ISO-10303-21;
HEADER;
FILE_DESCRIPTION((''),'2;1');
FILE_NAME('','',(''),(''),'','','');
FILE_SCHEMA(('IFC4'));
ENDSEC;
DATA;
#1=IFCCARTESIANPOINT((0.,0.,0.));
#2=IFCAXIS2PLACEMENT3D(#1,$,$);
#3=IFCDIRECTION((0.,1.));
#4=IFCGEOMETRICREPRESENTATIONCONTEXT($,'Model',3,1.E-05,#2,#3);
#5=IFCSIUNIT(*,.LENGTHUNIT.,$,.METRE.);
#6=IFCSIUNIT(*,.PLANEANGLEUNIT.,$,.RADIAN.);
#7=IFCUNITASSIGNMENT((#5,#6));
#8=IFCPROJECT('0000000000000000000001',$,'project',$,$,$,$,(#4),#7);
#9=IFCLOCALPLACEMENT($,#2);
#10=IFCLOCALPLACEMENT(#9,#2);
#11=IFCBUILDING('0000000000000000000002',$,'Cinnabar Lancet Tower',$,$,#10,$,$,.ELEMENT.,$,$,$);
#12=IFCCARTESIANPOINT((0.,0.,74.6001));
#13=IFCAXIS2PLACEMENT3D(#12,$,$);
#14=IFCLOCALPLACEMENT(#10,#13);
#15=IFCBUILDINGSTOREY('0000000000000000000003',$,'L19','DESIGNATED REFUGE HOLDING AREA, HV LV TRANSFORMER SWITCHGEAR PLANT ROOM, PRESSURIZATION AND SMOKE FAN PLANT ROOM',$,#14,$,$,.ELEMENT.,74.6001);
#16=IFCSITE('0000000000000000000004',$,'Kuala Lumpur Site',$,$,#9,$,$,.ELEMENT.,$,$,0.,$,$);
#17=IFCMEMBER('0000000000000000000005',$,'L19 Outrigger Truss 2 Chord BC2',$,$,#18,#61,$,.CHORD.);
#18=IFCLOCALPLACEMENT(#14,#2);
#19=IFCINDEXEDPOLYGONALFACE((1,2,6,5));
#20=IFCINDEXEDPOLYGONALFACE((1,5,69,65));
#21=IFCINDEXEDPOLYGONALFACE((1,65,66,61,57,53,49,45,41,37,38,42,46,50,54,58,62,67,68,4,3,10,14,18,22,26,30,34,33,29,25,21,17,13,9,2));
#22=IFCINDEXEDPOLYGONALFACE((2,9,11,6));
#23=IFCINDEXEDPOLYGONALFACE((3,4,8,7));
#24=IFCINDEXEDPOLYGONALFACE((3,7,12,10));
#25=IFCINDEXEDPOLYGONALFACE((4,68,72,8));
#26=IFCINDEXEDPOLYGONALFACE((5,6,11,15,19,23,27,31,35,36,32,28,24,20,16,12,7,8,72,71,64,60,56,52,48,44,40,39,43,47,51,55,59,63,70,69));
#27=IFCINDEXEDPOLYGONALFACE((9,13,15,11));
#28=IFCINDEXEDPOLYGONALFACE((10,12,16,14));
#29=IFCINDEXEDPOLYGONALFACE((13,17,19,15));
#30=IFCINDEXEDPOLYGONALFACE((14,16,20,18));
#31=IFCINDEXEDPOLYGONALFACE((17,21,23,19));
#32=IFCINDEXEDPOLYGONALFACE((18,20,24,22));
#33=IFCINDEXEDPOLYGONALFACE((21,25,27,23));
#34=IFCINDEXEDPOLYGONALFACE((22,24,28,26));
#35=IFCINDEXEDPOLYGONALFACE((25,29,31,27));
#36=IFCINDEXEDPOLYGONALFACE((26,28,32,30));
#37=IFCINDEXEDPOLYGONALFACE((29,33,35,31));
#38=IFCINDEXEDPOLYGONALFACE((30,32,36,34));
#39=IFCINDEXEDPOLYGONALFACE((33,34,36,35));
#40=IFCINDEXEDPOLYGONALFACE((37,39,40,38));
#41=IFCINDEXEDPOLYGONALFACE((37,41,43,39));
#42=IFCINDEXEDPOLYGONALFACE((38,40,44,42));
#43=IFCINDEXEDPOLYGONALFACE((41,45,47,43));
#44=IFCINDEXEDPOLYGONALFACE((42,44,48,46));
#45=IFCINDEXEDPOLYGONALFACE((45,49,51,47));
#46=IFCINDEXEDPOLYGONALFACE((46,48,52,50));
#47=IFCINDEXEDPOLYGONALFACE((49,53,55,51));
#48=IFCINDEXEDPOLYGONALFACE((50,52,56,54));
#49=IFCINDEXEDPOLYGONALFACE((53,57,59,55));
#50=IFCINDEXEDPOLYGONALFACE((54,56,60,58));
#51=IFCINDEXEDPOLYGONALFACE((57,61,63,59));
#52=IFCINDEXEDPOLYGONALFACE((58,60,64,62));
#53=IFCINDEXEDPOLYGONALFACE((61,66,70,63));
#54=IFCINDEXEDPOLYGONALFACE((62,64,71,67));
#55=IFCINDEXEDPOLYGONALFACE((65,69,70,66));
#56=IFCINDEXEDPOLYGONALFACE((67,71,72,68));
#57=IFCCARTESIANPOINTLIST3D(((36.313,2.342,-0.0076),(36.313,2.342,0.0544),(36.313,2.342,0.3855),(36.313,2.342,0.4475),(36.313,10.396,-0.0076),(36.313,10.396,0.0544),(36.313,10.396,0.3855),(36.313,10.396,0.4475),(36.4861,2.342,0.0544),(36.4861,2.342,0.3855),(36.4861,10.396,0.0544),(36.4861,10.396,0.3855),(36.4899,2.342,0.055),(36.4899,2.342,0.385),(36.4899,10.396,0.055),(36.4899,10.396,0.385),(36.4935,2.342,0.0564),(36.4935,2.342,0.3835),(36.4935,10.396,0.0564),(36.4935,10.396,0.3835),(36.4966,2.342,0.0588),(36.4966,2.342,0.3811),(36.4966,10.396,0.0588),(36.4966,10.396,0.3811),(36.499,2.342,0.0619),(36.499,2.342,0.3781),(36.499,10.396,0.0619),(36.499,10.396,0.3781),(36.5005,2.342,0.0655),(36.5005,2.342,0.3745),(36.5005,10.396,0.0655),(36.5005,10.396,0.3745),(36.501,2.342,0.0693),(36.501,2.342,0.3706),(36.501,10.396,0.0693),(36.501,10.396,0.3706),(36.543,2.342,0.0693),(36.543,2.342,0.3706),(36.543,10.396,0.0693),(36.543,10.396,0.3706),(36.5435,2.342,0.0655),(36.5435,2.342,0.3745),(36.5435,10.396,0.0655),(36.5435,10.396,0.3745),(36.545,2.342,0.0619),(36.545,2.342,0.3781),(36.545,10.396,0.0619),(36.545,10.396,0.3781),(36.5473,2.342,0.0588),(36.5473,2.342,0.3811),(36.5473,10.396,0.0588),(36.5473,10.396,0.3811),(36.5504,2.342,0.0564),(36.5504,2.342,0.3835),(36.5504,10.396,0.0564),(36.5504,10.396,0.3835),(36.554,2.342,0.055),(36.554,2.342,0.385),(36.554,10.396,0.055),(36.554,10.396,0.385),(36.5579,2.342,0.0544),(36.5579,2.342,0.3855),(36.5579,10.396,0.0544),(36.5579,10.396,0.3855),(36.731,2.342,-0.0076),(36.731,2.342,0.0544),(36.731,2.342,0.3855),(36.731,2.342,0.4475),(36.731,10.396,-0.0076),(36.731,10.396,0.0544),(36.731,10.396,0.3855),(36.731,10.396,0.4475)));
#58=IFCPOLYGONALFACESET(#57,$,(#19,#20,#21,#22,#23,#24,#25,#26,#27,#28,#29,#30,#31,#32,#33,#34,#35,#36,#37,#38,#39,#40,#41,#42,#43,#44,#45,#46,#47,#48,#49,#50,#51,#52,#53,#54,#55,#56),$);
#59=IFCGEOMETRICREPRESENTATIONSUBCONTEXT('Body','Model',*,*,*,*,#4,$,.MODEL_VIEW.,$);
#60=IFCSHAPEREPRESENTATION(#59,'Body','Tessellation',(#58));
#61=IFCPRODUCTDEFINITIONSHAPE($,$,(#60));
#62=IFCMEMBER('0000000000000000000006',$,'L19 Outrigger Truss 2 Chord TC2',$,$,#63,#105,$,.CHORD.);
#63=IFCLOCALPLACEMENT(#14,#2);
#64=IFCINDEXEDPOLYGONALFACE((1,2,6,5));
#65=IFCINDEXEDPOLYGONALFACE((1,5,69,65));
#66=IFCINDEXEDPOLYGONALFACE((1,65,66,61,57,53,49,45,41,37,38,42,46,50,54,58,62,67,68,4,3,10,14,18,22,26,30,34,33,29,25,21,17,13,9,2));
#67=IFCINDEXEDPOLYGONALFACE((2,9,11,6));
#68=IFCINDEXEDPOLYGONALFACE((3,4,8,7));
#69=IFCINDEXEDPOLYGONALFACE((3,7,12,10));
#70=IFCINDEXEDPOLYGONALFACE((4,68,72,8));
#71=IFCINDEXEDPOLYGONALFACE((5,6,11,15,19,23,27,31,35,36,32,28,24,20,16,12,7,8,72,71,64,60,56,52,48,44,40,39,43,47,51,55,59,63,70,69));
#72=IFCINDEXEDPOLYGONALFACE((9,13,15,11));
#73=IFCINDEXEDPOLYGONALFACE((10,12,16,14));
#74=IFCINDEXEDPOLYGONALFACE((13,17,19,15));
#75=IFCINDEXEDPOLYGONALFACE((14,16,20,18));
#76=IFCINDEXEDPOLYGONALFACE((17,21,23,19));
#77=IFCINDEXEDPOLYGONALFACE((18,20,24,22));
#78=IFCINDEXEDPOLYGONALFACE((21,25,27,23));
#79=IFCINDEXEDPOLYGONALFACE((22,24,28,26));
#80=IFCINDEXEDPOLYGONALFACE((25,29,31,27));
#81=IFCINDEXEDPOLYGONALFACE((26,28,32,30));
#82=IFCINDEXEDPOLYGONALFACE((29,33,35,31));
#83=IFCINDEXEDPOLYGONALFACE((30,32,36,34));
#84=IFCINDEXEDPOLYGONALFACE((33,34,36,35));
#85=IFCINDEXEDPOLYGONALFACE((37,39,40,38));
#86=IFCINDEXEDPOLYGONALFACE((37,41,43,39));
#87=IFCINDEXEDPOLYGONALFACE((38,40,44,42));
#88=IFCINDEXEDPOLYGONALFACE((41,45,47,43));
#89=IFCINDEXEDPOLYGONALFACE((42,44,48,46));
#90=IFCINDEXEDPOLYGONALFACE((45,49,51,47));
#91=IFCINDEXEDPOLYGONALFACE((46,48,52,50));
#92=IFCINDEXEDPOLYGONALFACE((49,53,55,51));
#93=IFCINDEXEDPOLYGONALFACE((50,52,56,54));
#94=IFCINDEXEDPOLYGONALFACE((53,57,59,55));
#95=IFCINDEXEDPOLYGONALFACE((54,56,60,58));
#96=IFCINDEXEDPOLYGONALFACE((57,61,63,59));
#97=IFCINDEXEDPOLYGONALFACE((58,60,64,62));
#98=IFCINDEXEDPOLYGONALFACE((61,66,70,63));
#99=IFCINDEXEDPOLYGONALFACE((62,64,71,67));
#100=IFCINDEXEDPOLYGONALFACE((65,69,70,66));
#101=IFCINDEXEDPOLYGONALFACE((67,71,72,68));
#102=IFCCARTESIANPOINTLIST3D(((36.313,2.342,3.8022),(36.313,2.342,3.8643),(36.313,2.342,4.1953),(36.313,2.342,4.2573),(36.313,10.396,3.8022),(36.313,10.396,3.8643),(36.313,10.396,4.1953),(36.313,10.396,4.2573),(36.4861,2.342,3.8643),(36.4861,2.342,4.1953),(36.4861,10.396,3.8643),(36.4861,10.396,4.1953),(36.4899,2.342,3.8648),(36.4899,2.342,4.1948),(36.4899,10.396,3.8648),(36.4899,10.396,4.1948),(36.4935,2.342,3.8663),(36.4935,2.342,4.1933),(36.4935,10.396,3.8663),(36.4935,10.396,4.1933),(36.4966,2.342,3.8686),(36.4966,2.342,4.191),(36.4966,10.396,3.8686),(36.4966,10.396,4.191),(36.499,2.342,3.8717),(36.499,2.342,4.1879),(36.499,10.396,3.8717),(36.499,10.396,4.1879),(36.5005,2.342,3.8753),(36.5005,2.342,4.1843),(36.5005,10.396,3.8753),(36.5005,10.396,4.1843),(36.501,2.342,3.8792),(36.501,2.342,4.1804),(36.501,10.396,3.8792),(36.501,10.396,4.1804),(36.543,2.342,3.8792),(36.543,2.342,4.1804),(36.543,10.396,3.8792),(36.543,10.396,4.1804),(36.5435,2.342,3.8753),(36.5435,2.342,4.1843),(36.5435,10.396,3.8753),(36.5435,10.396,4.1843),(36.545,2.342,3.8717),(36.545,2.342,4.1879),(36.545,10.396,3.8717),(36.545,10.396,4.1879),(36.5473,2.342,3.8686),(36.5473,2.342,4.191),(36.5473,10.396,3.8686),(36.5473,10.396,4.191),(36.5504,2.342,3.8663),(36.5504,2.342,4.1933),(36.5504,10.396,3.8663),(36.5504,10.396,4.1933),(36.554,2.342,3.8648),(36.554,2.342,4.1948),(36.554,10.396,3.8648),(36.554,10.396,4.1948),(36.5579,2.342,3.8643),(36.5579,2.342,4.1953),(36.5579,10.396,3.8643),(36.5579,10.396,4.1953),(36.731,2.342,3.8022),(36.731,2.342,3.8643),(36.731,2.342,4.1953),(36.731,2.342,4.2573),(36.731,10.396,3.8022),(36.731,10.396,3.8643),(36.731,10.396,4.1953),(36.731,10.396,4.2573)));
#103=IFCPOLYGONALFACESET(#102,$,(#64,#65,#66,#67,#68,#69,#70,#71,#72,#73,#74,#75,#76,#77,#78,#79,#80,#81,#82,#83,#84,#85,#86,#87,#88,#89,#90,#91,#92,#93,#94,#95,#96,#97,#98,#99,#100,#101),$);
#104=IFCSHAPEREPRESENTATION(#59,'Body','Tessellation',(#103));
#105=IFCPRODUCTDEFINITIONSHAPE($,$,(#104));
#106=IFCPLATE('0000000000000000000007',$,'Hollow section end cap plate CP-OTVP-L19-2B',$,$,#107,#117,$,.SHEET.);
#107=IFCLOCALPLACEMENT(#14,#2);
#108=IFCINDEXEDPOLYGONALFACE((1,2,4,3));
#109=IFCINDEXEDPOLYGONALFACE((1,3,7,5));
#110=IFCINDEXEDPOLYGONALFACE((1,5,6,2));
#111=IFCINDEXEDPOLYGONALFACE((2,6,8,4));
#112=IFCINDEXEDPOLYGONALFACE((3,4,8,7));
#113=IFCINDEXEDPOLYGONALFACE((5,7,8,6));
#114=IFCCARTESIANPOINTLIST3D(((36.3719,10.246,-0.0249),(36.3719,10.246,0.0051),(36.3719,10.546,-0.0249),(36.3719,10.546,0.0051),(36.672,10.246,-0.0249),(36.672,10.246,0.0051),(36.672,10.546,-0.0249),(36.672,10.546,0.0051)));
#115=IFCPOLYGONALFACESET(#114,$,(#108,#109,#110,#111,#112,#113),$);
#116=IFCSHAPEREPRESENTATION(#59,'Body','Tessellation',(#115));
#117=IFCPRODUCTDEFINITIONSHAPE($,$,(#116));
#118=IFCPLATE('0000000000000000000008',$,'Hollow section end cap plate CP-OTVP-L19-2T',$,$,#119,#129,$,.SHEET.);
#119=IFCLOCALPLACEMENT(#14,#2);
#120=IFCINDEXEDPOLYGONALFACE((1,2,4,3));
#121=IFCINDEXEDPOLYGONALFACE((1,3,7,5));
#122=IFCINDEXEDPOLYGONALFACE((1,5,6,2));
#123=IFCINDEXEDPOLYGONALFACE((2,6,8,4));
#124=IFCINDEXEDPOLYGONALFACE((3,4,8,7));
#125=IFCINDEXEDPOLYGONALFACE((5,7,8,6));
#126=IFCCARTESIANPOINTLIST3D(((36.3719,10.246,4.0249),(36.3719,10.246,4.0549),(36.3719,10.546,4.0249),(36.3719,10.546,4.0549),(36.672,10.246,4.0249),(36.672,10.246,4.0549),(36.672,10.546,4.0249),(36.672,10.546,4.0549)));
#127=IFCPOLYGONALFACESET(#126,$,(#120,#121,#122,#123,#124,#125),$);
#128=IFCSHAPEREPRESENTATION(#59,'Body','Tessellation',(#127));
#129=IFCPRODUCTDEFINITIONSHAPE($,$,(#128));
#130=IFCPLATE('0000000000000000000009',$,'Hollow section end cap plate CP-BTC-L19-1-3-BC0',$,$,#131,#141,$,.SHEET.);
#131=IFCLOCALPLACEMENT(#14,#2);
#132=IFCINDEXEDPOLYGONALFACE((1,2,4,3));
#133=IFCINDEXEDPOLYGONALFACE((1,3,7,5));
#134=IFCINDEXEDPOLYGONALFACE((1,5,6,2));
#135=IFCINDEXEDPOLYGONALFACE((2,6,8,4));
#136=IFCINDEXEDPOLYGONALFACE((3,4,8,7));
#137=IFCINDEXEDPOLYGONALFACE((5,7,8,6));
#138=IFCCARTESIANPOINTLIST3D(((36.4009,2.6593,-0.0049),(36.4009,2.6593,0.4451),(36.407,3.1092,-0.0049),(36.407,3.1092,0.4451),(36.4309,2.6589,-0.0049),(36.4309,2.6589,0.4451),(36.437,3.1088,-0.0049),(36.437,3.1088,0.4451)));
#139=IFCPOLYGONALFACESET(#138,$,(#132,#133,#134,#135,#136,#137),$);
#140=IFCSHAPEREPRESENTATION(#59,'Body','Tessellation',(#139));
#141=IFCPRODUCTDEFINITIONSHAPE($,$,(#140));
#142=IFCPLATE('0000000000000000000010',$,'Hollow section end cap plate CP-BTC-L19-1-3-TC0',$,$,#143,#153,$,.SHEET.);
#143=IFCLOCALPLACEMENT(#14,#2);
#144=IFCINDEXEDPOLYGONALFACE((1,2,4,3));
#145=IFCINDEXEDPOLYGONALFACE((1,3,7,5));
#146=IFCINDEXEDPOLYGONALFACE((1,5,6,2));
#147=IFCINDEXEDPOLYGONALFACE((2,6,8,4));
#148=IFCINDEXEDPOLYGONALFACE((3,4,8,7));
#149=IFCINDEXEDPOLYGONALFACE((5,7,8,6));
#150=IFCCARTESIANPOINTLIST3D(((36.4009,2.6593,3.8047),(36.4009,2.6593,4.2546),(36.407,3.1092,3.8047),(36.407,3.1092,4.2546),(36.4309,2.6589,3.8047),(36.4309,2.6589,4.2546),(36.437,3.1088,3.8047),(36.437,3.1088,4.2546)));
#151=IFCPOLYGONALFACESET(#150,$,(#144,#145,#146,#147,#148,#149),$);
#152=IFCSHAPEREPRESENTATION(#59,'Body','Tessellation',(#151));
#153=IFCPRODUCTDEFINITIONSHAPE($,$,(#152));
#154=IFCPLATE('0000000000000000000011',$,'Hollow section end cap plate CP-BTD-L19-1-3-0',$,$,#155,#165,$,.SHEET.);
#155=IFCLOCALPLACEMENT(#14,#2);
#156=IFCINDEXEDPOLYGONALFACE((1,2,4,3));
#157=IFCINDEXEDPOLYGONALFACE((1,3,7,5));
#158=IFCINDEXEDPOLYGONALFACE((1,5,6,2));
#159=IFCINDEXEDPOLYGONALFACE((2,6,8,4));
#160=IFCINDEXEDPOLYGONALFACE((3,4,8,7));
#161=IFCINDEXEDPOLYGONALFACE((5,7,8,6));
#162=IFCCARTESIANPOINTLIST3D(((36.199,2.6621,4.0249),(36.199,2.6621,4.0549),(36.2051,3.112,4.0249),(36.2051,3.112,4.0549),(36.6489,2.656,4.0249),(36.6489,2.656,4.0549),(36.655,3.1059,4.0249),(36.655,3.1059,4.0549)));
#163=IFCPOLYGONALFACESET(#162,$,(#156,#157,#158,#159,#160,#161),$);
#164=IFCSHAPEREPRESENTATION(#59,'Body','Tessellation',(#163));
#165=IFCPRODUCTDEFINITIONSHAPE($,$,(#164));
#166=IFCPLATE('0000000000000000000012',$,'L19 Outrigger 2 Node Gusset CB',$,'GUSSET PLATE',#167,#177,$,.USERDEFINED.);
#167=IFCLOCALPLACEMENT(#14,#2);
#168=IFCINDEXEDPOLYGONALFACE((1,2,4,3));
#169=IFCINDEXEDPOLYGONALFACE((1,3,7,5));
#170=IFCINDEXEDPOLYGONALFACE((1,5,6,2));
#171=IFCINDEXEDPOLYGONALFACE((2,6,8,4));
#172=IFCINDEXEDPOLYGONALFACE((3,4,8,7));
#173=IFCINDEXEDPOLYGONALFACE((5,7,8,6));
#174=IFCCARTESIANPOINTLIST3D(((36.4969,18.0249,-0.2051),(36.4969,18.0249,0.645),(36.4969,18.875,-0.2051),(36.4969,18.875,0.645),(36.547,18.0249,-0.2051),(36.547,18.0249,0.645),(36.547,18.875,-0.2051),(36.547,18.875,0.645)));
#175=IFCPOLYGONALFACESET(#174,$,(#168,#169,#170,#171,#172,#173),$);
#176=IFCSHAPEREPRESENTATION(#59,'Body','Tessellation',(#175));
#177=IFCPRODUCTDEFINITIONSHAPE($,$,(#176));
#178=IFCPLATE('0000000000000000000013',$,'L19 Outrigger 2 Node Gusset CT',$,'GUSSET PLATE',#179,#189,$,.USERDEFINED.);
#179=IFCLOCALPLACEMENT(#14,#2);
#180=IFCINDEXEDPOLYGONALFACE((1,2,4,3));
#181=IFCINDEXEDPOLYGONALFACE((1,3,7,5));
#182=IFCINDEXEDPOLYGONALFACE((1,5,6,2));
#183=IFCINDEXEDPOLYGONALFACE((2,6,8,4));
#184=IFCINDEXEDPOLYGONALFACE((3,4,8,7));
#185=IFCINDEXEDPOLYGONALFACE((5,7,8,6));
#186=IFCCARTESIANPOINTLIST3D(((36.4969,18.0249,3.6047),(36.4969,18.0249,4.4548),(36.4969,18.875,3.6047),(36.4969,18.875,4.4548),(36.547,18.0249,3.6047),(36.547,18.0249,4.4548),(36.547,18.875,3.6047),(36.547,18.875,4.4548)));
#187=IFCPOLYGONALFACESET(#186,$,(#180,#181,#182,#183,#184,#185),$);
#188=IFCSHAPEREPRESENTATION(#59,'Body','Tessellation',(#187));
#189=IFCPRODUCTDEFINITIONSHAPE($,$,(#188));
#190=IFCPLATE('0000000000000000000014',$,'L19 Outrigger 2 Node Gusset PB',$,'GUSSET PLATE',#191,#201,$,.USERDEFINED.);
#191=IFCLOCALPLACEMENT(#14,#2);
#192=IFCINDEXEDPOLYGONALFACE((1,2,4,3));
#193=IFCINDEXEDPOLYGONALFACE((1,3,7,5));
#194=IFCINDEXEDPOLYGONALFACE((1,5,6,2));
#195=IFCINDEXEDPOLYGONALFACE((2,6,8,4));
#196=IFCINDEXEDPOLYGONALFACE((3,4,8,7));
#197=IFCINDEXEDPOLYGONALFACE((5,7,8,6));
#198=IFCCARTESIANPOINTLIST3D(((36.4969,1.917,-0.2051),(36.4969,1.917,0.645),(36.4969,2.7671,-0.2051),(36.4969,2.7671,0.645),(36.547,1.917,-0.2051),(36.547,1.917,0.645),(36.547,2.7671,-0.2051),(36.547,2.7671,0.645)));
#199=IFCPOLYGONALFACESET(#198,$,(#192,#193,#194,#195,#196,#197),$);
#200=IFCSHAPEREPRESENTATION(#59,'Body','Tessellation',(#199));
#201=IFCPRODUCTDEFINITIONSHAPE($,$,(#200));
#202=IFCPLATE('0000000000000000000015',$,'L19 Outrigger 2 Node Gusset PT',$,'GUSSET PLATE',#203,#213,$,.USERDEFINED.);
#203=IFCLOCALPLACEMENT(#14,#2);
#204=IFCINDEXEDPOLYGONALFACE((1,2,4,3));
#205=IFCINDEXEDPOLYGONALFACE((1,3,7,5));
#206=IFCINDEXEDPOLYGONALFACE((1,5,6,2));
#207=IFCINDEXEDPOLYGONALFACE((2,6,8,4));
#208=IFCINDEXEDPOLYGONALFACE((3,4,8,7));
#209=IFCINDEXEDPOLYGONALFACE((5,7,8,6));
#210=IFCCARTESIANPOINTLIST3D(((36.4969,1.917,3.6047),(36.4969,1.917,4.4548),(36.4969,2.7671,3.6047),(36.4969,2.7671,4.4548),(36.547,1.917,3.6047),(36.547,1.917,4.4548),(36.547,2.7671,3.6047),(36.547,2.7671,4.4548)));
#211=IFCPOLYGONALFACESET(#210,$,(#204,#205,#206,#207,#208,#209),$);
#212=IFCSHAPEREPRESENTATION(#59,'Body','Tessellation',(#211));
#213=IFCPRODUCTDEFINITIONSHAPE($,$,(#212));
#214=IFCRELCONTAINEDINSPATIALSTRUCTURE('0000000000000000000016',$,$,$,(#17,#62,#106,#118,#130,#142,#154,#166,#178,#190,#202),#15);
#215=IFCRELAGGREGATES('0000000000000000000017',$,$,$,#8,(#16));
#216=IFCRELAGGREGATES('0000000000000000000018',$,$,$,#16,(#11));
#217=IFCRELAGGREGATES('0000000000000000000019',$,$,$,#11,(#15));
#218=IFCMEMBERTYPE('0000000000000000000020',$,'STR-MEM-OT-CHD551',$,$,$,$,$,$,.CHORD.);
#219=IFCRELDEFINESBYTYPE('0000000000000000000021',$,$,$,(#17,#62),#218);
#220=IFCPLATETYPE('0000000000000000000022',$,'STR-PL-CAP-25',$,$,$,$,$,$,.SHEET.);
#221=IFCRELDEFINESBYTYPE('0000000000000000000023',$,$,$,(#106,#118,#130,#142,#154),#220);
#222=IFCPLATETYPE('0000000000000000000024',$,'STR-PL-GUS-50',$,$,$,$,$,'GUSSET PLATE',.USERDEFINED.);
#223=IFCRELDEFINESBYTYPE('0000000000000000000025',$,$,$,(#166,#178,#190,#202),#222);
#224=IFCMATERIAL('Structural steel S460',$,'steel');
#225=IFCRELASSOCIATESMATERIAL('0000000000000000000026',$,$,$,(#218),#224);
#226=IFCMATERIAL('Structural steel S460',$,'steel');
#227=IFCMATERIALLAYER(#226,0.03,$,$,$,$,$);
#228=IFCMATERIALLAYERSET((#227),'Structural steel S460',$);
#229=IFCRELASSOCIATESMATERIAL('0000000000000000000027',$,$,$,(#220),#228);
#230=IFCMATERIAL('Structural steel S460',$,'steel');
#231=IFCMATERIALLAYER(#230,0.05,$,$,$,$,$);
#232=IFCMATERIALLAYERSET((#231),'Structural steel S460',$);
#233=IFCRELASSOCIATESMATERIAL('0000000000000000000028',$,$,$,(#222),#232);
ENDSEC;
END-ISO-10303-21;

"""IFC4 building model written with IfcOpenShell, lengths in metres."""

from ifc_helpers import new_model, si_unit, direction, frame, origin, origin_2d, place, context, subcontext, project, spatial, rectangle, i_section, extrude, material, layer, layer_set, material_profile, profile_set, type_object, element, save


model = new_model("IFC4")

# Units and contexts
model_context = context("Model", 3, precision=1e-05, world=origin(), true_north=direction((0.0, 1.0)))
body_context = subcontext(model_context, "Body", "Model", "MODEL_VIEW")
ifc_project = project(units=[si_unit("LENGTHUNIT", "METRE"), si_unit("PLANEANGLEUNIT", "RADIAN")], contexts=[model_context])

# Site, building, storey
site_placement = place(None, origin())
site = spatial("IfcSite", under=ifc_project, at=site_placement, Name="Kuala Lumpur Site", CompositionType="ELEMENT", RefElevation=0.0)
building_placement = place(site_placement, origin())
building = spatial("IfcBuilding", under=site, at=building_placement, Name="Cinnabar Lancet Tower", CompositionType="ELEMENT")
storey_placement = place(building_placement, frame((0.0, 0.0, 74.6001)))
storey = spatial("IfcBuildingStorey", under=building, at=storey_placement, Name="L19", Description="DESIGNATED REFUGE HOLDING AREA, HV LV TRANSFORMER SWITCHGEAR PLANT ROOM, PRESSURIZATION AND SMOKE FAN PLANT ROOM", CompositionType="ELEMENT", Elevation=74.6001)

# Members
ifc_material_1 = material(Name="Structural steel S460", Category="steel")
ifc_material_profile_1 = material_profile(ifc_material_1, i_section(OverallWidth=0.418, OverallDepth=0.4551, WebThickness=0.042, FlangeThickness=0.062, FilletRadius=0.0149, at=origin_2d()), Name="HD 400x551")
ifc_profile_set_1 = profile_set([ifc_material_profile_1], Name="Structural steel S460")
member_type_1 = type_object("IfcMemberType", Name="STR-MEM-OT-CHD551", PredefinedType="CHORD", material=ifc_profile_set_1)
for number, where, z_axis, x_axis, name in (
    (1, (36.522, 10.396, 0.22), (0.0, -1.0, 0.0), (1.0, 0.0, 0.0), "L19 Outrigger Truss 2 Chord BC2"),
    (2, (36.522, 10.396, 4.0298), (0.0, -1.0, 0.0), (1.0, 0.0, 0.0), "L19 Outrigger Truss 2 Chord TC2"),
):
    element("IfcMember", number, at=place(storey_placement, frame(where, z_axis=z_axis, x_axis=x_axis)), inside=storey, type_object=member_type_1, Name=name, PredefinedType="CHORD", context=body_context, shape_type="SweptSolid", body=[
        extrude(i_section(OverallWidth=0.418, OverallDepth=0.4551, WebThickness=0.042, FlangeThickness=0.062, FilletRadius=0.0149, at=origin_2d()), origin(), (0.0, 0.0, 1.0), 8.054),
    ])

# Plates
ifc_material_2 = material(Name="Structural steel S460", Category="steel")
ifc_layer_1 = layer(ifc_material_2, 0.03)
ifc_layer_set_1 = layer_set([ifc_layer_1], Name="Structural steel S460")
plate_type_1 = type_object("IfcPlateType", Name="STR-PL-CAP-25", PredefinedType="SHEET", material=ifc_layer_set_1)
for number, where, z_axis, x_axis, name in (
    (3, (36.522, 10.396, -0.0249), (0.0, 0.0, 1.0), (1.0, 0.0, 0.0), "Hollow section end cap plate CP-OTVP-L19-2B"),
    (4, (36.522, 10.396, 4.0249), (0.0, 0.0, 1.0), (1.0, 0.0, 0.0), "Hollow section end cap plate CP-OTVP-L19-2T"),
):
    element("IfcPlate", number, at=place(storey_placement, frame(where, z_axis=z_axis, x_axis=x_axis)), inside=storey, type_object=plate_type_1, Name=name, PredefinedType="SHEET", context=body_context, shape_type="SweptSolid", body=[
        extrude(rectangle(XDim=0.3, YDim=0.3, at=origin_2d()), origin(), (0.0, 0.0, 1.0), 0.03),
    ])
for number, where, z_axis, x_axis, name in (
    (5, (36.4189, 2.884, -0.0049), (0.0, 0.0, 1.0), (-0.999909, 0.013526, 0.0), "Hollow section end cap plate CP-BTC-L19-1-3-BC0"),
    (6, (36.4189, 2.884, 3.8047), (0.0, 0.0, 1.0), (-0.999909, 0.013526, 0.0), "Hollow section end cap plate CP-BTC-L19-1-3-TC0"),
):
    element("IfcPlate", number, at=place(storey_placement, frame(where, z_axis=z_axis, x_axis=x_axis)), inside=storey, type_object=plate_type_1, Name=name, PredefinedType="SHEET", context=body_context, shape_type="SweptSolid", body=[
        extrude(rectangle(XDim=0.03, YDim=0.45, at=origin_2d()), origin(), (0.0, 0.0, 1.0), 0.45),
    ])
plate_placement = place(storey_placement, frame((36.427, 2.884, 4.0249), z_axis=(0.0, 0.0, 1.0), x_axis=(-0.999909, 0.013526, 0.0)))
element("IfcPlate", 7, at=plate_placement, inside=storey, type_object=plate_type_1, Name="Hollow section end cap plate CP-BTD-L19-1-3-0", PredefinedType="SHEET", context=body_context, shape_type="SweptSolid", body=[
    extrude(rectangle(XDim=0.45, YDim=0.45, at=origin_2d()), origin(), (0.0, 0.0, 1.0), 0.03),
])
ifc_material_3 = material(Name="Structural steel S460", Category="steel")
ifc_layer_2 = layer(ifc_material_3, 0.05)
ifc_layer_set_2 = layer_set([ifc_layer_2], Name="Structural steel S460")
plate_type_2 = type_object("IfcPlateType", Name="STR-PL-GUS-50", ElementType="GUSSET PLATE", PredefinedType="USERDEFINED", material=ifc_layer_set_2)
for number, where, z_axis, x_axis, name in (
    (8, (36.522, 18.45, -0.2051), (0.0, 0.0, 1.0), (1.0, 0.0, 0.0), "L19 Outrigger 2 Node Gusset CB"),
    (9, (36.522, 18.45, 3.6047), (0.0, 0.0, 1.0), (1.0, 0.0, 0.0), "L19 Outrigger 2 Node Gusset CT"),
    (10, (36.522, 2.342, -0.2051), (0.0, 0.0, 1.0), (1.0, 0.0, 0.0), "L19 Outrigger 2 Node Gusset PB"),
    (11, (36.522, 2.342, 3.6047), (0.0, 0.0, 1.0), (1.0, 0.0, 0.0), "L19 Outrigger 2 Node Gusset PT"),
):
    element("IfcPlate", number, at=place(storey_placement, frame(where, z_axis=z_axis, x_axis=x_axis)), inside=storey, type_object=plate_type_2, Name=name, ObjectType="GUSSET PLATE", PredefinedType="USERDEFINED", context=body_context, shape_type="SweptSolid", body=[
        extrude(rectangle(XDim=0.05, YDim=0.8501, at=origin_2d()), origin(), (0.0, 0.0, 1.0), 0.8501),
    ])

save(model, "model.ifc")
